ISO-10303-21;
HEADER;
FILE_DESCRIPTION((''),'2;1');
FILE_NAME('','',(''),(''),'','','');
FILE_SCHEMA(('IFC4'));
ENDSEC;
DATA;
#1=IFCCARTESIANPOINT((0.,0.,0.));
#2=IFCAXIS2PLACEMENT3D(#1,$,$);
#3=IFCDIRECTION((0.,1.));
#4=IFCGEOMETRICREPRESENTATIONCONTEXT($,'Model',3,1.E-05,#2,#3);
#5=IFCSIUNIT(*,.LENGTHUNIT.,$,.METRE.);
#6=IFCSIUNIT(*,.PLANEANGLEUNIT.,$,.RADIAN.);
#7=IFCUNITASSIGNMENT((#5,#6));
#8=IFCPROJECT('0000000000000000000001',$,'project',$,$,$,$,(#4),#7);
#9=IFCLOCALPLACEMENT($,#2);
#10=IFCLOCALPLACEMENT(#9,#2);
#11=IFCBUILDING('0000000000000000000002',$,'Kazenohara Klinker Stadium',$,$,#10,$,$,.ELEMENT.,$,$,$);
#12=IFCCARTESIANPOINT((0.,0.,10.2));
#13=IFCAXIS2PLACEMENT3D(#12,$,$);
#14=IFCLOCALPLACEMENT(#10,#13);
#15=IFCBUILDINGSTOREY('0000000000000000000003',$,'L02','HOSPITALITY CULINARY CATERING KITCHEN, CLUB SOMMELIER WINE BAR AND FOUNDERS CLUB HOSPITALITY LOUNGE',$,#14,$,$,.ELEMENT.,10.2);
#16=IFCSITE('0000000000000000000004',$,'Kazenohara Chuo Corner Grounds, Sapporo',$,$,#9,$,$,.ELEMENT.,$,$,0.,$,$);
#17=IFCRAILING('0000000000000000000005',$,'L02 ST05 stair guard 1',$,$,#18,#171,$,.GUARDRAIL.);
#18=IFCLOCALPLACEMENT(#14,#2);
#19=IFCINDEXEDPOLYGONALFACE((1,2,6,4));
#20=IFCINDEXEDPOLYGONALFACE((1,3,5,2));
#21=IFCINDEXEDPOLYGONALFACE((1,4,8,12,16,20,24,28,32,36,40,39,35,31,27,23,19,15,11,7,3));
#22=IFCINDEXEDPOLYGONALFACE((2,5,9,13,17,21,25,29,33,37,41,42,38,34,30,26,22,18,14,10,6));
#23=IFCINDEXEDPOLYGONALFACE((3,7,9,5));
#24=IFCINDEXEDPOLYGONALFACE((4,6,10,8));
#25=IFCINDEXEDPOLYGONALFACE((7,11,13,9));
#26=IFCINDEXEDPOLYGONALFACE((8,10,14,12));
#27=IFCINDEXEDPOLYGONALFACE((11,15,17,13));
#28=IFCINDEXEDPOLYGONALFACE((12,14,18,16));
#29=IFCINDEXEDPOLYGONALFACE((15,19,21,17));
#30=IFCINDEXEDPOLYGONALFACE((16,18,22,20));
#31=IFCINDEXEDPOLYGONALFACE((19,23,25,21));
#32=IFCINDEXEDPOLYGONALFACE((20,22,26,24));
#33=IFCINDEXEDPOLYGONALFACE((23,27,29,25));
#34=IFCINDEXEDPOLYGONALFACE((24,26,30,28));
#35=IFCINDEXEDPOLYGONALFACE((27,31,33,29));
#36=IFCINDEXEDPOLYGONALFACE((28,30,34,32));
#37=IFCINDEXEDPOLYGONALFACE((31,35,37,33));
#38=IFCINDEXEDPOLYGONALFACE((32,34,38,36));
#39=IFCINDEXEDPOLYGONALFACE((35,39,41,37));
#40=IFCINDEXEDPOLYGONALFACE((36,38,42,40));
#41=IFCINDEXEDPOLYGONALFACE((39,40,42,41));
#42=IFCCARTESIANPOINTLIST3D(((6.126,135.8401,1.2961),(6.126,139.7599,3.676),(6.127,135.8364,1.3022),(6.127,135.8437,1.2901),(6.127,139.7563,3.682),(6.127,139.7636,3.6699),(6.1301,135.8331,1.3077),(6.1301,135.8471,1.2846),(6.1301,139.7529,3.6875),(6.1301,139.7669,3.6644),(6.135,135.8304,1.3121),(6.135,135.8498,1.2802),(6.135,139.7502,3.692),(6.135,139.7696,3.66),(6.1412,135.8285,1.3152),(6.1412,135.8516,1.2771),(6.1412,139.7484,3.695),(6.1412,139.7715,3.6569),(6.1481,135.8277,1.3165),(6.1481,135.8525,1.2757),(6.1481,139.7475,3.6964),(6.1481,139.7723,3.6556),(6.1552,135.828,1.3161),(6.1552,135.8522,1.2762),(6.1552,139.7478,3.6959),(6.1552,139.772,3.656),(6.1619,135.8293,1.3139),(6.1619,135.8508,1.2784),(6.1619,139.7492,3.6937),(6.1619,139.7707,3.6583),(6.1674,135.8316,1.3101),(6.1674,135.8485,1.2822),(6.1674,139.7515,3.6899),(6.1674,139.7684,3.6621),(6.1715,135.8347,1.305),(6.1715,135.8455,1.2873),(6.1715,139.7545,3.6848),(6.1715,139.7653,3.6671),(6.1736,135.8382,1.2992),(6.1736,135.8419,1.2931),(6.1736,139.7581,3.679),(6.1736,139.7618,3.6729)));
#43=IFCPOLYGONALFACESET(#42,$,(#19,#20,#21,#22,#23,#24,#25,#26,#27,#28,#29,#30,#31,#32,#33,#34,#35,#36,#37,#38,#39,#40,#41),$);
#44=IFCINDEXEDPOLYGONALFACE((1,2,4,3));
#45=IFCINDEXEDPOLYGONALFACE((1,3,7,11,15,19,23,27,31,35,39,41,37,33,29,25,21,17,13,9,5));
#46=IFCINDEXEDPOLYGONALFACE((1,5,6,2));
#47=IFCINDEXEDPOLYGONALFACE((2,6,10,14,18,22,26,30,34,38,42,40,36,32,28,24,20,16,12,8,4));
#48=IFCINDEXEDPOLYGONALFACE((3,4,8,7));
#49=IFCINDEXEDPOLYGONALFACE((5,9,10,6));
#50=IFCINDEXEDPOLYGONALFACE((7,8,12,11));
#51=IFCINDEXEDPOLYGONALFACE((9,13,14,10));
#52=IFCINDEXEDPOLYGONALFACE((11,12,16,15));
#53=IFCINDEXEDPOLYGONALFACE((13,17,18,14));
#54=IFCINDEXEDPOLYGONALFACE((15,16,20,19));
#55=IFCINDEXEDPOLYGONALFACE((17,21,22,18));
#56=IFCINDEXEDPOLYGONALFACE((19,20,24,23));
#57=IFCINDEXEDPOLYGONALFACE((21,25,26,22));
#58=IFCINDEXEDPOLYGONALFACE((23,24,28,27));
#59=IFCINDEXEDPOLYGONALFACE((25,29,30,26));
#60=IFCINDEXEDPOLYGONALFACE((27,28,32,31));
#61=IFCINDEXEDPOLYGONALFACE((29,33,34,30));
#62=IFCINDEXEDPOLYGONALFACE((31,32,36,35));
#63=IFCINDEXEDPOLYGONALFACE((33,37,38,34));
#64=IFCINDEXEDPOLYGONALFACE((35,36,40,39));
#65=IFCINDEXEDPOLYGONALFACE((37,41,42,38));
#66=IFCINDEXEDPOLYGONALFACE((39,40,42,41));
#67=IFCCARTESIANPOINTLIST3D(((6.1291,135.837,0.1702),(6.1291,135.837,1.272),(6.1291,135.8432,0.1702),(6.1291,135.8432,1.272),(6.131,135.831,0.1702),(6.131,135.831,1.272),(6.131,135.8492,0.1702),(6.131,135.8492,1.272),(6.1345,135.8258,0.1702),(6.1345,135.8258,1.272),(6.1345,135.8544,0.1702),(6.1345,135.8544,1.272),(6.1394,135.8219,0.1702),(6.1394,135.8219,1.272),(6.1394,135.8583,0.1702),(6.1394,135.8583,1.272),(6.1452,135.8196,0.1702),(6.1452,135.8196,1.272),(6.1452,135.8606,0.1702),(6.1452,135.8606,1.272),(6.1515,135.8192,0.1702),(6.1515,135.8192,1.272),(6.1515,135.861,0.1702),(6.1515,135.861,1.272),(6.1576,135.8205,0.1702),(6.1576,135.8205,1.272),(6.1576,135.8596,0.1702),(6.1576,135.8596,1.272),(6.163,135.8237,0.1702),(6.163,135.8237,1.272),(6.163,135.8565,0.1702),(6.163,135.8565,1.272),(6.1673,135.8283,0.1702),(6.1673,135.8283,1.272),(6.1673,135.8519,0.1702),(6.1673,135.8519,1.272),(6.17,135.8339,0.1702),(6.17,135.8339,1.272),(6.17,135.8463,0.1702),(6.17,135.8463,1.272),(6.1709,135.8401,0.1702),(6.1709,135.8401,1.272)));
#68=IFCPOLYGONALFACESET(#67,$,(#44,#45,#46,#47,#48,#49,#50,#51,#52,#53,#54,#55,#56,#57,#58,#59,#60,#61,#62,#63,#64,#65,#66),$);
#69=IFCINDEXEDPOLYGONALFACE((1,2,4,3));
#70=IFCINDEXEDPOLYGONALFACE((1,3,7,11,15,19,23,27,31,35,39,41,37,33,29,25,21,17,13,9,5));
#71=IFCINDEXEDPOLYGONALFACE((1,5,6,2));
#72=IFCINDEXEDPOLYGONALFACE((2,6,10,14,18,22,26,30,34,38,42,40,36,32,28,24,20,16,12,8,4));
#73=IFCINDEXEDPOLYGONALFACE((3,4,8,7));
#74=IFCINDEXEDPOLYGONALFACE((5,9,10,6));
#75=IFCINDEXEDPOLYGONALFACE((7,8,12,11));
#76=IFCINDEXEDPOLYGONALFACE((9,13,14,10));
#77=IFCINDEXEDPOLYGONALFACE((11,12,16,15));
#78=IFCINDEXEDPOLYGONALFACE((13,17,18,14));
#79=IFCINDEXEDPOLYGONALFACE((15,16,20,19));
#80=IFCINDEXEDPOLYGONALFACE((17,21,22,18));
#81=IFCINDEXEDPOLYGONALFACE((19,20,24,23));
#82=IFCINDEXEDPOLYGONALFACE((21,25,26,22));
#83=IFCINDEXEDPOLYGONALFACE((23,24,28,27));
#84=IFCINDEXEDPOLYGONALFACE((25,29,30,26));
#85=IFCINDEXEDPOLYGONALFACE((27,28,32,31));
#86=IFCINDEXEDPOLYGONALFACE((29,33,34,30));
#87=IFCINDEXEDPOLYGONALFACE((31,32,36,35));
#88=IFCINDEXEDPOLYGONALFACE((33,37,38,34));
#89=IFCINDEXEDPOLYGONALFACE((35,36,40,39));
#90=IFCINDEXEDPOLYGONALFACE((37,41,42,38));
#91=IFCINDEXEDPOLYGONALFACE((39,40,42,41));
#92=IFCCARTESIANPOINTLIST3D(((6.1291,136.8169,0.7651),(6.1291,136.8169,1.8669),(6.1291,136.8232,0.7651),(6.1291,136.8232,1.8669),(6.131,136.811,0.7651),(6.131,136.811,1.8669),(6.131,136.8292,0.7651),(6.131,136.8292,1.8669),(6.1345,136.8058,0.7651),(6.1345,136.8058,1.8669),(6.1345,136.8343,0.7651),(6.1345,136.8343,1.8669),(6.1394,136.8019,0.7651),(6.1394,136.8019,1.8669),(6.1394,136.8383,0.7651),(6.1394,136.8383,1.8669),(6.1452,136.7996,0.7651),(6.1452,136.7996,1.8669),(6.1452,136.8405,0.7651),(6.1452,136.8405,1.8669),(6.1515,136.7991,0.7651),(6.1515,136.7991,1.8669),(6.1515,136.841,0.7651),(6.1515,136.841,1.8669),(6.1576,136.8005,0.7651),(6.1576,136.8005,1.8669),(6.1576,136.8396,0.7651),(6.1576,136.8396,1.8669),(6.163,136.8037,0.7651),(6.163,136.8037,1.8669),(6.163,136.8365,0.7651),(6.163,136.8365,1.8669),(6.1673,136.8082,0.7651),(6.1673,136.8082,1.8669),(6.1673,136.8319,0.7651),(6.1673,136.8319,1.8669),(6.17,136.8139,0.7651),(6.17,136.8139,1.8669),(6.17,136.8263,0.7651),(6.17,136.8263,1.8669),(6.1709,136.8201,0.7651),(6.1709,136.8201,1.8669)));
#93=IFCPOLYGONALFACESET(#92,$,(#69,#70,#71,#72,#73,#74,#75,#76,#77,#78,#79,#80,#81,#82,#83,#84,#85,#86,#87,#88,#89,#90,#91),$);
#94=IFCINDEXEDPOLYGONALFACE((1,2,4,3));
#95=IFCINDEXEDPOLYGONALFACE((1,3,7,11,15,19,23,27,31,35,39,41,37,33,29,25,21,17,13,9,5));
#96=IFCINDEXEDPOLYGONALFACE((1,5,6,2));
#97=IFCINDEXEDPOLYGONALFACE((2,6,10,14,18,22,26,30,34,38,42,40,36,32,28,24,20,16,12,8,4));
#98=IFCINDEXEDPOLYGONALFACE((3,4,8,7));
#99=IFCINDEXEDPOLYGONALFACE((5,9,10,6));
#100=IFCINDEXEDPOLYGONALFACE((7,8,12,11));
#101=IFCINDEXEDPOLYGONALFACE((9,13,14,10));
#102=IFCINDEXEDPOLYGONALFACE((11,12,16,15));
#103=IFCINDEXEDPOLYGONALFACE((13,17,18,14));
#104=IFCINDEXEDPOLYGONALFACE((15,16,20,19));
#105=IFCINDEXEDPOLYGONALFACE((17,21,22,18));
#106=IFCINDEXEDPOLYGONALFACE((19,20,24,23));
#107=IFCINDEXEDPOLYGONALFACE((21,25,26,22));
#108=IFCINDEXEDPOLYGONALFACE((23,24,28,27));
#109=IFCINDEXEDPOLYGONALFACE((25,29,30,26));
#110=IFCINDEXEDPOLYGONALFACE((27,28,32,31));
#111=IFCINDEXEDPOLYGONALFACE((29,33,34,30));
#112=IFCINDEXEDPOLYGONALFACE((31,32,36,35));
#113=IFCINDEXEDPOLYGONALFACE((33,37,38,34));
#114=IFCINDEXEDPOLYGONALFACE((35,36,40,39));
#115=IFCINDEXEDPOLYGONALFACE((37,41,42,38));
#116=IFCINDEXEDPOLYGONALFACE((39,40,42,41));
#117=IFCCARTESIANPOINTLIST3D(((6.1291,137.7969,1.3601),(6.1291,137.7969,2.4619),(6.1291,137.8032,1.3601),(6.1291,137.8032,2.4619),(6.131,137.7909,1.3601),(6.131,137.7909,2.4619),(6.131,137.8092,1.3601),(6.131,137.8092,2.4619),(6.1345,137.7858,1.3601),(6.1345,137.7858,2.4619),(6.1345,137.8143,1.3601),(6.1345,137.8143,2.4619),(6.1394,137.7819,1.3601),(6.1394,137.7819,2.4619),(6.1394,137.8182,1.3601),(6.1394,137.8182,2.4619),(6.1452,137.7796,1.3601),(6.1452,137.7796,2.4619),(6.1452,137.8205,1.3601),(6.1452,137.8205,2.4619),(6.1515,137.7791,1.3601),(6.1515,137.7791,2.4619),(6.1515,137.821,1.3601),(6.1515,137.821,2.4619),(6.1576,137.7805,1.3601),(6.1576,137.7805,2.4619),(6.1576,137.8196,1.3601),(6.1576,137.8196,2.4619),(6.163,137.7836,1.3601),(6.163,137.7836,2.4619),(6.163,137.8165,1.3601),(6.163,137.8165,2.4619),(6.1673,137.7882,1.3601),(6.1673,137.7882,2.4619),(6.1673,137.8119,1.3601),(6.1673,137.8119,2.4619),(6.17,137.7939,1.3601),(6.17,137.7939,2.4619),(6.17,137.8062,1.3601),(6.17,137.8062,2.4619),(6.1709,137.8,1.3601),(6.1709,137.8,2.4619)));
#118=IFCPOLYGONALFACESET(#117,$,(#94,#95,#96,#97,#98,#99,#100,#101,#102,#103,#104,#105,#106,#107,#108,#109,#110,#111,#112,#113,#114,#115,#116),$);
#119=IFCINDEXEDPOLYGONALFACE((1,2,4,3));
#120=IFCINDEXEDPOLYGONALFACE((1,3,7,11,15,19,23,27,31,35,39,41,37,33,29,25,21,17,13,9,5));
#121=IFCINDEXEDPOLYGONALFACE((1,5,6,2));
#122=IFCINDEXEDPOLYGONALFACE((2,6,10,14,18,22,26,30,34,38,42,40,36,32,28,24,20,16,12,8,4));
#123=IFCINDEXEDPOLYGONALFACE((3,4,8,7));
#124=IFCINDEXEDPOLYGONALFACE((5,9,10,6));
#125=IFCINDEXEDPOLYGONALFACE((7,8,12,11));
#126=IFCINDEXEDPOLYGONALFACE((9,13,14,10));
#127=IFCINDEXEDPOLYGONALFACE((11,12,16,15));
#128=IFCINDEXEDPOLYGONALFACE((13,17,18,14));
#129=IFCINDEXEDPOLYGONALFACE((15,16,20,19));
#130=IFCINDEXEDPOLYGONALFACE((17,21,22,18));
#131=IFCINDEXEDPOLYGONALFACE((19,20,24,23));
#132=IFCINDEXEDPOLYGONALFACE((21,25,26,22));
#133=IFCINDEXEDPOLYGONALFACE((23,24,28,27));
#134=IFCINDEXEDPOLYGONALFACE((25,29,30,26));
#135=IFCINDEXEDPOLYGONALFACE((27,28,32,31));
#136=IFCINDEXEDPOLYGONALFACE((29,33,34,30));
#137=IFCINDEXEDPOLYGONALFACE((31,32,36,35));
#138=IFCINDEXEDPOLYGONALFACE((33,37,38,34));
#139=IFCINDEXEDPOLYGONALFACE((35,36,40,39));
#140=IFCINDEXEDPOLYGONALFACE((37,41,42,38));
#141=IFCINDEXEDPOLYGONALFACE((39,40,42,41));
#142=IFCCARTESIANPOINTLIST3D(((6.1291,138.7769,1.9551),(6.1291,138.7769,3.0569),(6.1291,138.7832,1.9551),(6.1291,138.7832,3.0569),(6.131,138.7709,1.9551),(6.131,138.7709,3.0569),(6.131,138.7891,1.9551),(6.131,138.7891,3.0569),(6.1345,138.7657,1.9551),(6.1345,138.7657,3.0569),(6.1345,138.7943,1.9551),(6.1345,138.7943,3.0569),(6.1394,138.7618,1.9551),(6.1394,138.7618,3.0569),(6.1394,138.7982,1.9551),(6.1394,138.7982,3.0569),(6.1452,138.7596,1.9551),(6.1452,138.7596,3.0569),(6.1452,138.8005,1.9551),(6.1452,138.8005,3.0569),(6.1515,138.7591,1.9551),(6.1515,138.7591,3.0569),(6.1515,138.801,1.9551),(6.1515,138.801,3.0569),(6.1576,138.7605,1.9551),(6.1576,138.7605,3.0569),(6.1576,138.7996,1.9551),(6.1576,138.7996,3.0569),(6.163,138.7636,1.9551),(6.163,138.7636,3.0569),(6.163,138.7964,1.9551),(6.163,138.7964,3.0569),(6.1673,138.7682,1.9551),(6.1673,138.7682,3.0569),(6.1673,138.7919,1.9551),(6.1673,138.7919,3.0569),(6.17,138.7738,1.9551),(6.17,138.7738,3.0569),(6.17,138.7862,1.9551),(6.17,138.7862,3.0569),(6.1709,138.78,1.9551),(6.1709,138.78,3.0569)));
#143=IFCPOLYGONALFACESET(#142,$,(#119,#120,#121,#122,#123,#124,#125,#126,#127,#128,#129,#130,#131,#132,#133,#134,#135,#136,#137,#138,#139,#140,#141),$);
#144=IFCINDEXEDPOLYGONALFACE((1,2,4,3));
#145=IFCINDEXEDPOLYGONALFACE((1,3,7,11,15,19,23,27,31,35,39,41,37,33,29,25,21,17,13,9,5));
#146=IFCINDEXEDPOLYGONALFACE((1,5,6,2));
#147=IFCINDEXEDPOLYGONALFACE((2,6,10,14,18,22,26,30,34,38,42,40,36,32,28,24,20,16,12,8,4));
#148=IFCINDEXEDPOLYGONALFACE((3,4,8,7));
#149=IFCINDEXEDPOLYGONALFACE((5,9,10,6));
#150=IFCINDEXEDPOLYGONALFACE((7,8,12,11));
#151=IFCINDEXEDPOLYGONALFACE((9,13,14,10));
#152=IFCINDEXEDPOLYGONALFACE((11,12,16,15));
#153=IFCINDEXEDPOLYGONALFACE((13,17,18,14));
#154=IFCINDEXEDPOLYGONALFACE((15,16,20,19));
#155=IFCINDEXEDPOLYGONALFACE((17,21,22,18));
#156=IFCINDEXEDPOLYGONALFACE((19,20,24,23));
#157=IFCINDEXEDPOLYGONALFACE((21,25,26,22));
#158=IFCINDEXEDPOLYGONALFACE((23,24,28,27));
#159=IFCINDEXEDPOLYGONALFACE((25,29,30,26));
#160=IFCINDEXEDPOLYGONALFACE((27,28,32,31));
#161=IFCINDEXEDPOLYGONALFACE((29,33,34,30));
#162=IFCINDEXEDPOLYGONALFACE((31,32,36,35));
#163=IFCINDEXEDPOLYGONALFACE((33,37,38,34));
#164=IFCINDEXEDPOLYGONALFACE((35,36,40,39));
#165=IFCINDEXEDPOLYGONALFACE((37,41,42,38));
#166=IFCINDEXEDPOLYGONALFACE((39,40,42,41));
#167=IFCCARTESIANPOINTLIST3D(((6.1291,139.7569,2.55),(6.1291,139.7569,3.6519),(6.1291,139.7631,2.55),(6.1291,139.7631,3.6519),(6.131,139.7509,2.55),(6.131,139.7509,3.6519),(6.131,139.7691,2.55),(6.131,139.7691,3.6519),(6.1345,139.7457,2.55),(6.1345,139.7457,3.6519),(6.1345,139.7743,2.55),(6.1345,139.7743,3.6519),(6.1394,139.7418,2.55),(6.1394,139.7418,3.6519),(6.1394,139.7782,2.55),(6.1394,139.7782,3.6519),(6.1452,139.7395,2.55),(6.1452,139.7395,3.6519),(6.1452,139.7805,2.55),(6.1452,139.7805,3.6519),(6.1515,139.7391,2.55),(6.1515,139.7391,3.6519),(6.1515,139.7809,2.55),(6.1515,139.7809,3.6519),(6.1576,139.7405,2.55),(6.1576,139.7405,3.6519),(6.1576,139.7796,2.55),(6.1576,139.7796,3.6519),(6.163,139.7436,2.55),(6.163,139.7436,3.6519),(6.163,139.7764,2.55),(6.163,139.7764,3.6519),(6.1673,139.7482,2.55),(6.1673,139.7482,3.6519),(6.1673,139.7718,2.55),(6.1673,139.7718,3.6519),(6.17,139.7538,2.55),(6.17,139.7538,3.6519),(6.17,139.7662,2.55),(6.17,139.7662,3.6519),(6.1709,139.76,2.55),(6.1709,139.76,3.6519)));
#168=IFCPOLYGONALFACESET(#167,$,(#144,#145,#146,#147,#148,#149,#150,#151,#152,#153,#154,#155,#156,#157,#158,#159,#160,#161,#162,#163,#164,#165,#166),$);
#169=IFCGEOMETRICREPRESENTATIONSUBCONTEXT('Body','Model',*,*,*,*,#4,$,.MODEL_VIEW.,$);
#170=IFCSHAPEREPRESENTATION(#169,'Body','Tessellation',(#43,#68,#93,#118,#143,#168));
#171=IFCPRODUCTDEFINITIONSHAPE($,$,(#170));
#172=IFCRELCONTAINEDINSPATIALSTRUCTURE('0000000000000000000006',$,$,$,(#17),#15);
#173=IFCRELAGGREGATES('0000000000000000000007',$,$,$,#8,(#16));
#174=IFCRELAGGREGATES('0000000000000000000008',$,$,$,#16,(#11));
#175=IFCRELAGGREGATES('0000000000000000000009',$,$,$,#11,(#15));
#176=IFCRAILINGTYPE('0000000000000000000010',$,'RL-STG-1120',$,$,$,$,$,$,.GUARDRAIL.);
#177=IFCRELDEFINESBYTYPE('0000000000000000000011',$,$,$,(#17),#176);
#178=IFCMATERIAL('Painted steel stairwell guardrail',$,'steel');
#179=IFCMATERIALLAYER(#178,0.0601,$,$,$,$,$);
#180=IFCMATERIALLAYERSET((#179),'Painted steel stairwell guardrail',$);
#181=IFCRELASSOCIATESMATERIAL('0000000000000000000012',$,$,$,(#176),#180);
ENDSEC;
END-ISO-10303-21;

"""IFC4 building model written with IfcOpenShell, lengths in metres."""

from ifc_helpers import new_model, si_unit, direction, frame, origin, origin_2d, place, context, subcontext, project, spatial, circle, extrude, material, layer, layer_set, type_object, element, save


model = new_model("IFC4")

# Units and contexts
model_context = context("Model", 3, precision=1e-05, world=origin(), true_north=direction((0.0, 1.0)))
body_context = subcontext(model_context, "Body", "Model", "MODEL_VIEW")
ifc_project = project(units=[si_unit("LENGTHUNIT", "METRE"), si_unit("PLANEANGLEUNIT", "RADIAN")], contexts=[model_context])

# Site, building, storey
site_placement = place(None, origin())
site = spatial("IfcSite", under=ifc_project, at=site_placement, Name="Kazenohara Chuo Corner Grounds, Sapporo", CompositionType="ELEMENT", RefElevation=0.0)
building_placement = place(site_placement, origin())
building = spatial("IfcBuilding", under=site, at=building_placement, Name="Kazenohara Klinker Stadium", CompositionType="ELEMENT")
storey_placement = place(building_placement, frame((0.0, 0.0, 10.2)))
storey = spatial("IfcBuildingStorey", under=building, at=storey_placement, Name="L02", Description="HOSPITALITY CULINARY CATERING KITCHEN, CLUB SOMMELIER WINE BAR AND FOUNDERS CLUB HOSPITALITY LOUNGE", CompositionType="ELEMENT", Elevation=10.2)

# Railing
ifc_material_1 = material(Name="Painted steel stairwell guardrail", Category="steel")
ifc_layer_1 = layer(ifc_material_1, 0.0601)
ifc_layer_set_1 = layer_set([ifc_layer_1], Name="Painted steel stairwell guardrail")
railing_type_1 = type_object("IfcRailingType", Name="RL-STG-1120", PredefinedType="GUARDRAIL", material=ifc_layer_set_1)
railing_1_placement = place(storey_placement, frame((6.1499, 135.8401, 0.1702)))
element("IfcRailing", 1, at=railing_1_placement, inside=storey, type_object=railing_type_1, Name="L02 ST05 stair guard 1", PredefinedType="GUARDRAIL", context=body_context, shape_type="SweptSolid", body=[
    extrude(circle(Radius=0.0239, at=origin_2d()), frame((0.0, 0.0, 1.126), z_axis=(0.0, 0.854794, 0.518967), x_axis=(-1.0, 0.0, 0.0)), (0.0, 0.0, 1.0), 4.5857),
    extrude(circle(Radius=0.021, at=origin_2d()), origin(), (0.0, 0.0, 1.0), 1.1018),
    extrude(circle(Radius=0.021, at=origin_2d()), frame((0.0, 0.98, 0.595)), (0.0, 0.0, 1.0), 1.1018),
    extrude(circle(Radius=0.021, at=origin_2d()), frame((0.0, 1.96, 1.1899)), (0.0, 0.0, 1.0), 1.1018),
    extrude(circle(Radius=0.021, at=origin_2d()), frame((0.0, 2.9399, 1.7849)), (0.0, 0.0, 1.0), 1.1018),
    extrude(circle(Radius=0.021, at=origin_2d()), frame((0.0, 3.9199, 2.3799)), (0.0, 0.0, 1.0), 1.1018),
])

save(model, "model.ifc")
